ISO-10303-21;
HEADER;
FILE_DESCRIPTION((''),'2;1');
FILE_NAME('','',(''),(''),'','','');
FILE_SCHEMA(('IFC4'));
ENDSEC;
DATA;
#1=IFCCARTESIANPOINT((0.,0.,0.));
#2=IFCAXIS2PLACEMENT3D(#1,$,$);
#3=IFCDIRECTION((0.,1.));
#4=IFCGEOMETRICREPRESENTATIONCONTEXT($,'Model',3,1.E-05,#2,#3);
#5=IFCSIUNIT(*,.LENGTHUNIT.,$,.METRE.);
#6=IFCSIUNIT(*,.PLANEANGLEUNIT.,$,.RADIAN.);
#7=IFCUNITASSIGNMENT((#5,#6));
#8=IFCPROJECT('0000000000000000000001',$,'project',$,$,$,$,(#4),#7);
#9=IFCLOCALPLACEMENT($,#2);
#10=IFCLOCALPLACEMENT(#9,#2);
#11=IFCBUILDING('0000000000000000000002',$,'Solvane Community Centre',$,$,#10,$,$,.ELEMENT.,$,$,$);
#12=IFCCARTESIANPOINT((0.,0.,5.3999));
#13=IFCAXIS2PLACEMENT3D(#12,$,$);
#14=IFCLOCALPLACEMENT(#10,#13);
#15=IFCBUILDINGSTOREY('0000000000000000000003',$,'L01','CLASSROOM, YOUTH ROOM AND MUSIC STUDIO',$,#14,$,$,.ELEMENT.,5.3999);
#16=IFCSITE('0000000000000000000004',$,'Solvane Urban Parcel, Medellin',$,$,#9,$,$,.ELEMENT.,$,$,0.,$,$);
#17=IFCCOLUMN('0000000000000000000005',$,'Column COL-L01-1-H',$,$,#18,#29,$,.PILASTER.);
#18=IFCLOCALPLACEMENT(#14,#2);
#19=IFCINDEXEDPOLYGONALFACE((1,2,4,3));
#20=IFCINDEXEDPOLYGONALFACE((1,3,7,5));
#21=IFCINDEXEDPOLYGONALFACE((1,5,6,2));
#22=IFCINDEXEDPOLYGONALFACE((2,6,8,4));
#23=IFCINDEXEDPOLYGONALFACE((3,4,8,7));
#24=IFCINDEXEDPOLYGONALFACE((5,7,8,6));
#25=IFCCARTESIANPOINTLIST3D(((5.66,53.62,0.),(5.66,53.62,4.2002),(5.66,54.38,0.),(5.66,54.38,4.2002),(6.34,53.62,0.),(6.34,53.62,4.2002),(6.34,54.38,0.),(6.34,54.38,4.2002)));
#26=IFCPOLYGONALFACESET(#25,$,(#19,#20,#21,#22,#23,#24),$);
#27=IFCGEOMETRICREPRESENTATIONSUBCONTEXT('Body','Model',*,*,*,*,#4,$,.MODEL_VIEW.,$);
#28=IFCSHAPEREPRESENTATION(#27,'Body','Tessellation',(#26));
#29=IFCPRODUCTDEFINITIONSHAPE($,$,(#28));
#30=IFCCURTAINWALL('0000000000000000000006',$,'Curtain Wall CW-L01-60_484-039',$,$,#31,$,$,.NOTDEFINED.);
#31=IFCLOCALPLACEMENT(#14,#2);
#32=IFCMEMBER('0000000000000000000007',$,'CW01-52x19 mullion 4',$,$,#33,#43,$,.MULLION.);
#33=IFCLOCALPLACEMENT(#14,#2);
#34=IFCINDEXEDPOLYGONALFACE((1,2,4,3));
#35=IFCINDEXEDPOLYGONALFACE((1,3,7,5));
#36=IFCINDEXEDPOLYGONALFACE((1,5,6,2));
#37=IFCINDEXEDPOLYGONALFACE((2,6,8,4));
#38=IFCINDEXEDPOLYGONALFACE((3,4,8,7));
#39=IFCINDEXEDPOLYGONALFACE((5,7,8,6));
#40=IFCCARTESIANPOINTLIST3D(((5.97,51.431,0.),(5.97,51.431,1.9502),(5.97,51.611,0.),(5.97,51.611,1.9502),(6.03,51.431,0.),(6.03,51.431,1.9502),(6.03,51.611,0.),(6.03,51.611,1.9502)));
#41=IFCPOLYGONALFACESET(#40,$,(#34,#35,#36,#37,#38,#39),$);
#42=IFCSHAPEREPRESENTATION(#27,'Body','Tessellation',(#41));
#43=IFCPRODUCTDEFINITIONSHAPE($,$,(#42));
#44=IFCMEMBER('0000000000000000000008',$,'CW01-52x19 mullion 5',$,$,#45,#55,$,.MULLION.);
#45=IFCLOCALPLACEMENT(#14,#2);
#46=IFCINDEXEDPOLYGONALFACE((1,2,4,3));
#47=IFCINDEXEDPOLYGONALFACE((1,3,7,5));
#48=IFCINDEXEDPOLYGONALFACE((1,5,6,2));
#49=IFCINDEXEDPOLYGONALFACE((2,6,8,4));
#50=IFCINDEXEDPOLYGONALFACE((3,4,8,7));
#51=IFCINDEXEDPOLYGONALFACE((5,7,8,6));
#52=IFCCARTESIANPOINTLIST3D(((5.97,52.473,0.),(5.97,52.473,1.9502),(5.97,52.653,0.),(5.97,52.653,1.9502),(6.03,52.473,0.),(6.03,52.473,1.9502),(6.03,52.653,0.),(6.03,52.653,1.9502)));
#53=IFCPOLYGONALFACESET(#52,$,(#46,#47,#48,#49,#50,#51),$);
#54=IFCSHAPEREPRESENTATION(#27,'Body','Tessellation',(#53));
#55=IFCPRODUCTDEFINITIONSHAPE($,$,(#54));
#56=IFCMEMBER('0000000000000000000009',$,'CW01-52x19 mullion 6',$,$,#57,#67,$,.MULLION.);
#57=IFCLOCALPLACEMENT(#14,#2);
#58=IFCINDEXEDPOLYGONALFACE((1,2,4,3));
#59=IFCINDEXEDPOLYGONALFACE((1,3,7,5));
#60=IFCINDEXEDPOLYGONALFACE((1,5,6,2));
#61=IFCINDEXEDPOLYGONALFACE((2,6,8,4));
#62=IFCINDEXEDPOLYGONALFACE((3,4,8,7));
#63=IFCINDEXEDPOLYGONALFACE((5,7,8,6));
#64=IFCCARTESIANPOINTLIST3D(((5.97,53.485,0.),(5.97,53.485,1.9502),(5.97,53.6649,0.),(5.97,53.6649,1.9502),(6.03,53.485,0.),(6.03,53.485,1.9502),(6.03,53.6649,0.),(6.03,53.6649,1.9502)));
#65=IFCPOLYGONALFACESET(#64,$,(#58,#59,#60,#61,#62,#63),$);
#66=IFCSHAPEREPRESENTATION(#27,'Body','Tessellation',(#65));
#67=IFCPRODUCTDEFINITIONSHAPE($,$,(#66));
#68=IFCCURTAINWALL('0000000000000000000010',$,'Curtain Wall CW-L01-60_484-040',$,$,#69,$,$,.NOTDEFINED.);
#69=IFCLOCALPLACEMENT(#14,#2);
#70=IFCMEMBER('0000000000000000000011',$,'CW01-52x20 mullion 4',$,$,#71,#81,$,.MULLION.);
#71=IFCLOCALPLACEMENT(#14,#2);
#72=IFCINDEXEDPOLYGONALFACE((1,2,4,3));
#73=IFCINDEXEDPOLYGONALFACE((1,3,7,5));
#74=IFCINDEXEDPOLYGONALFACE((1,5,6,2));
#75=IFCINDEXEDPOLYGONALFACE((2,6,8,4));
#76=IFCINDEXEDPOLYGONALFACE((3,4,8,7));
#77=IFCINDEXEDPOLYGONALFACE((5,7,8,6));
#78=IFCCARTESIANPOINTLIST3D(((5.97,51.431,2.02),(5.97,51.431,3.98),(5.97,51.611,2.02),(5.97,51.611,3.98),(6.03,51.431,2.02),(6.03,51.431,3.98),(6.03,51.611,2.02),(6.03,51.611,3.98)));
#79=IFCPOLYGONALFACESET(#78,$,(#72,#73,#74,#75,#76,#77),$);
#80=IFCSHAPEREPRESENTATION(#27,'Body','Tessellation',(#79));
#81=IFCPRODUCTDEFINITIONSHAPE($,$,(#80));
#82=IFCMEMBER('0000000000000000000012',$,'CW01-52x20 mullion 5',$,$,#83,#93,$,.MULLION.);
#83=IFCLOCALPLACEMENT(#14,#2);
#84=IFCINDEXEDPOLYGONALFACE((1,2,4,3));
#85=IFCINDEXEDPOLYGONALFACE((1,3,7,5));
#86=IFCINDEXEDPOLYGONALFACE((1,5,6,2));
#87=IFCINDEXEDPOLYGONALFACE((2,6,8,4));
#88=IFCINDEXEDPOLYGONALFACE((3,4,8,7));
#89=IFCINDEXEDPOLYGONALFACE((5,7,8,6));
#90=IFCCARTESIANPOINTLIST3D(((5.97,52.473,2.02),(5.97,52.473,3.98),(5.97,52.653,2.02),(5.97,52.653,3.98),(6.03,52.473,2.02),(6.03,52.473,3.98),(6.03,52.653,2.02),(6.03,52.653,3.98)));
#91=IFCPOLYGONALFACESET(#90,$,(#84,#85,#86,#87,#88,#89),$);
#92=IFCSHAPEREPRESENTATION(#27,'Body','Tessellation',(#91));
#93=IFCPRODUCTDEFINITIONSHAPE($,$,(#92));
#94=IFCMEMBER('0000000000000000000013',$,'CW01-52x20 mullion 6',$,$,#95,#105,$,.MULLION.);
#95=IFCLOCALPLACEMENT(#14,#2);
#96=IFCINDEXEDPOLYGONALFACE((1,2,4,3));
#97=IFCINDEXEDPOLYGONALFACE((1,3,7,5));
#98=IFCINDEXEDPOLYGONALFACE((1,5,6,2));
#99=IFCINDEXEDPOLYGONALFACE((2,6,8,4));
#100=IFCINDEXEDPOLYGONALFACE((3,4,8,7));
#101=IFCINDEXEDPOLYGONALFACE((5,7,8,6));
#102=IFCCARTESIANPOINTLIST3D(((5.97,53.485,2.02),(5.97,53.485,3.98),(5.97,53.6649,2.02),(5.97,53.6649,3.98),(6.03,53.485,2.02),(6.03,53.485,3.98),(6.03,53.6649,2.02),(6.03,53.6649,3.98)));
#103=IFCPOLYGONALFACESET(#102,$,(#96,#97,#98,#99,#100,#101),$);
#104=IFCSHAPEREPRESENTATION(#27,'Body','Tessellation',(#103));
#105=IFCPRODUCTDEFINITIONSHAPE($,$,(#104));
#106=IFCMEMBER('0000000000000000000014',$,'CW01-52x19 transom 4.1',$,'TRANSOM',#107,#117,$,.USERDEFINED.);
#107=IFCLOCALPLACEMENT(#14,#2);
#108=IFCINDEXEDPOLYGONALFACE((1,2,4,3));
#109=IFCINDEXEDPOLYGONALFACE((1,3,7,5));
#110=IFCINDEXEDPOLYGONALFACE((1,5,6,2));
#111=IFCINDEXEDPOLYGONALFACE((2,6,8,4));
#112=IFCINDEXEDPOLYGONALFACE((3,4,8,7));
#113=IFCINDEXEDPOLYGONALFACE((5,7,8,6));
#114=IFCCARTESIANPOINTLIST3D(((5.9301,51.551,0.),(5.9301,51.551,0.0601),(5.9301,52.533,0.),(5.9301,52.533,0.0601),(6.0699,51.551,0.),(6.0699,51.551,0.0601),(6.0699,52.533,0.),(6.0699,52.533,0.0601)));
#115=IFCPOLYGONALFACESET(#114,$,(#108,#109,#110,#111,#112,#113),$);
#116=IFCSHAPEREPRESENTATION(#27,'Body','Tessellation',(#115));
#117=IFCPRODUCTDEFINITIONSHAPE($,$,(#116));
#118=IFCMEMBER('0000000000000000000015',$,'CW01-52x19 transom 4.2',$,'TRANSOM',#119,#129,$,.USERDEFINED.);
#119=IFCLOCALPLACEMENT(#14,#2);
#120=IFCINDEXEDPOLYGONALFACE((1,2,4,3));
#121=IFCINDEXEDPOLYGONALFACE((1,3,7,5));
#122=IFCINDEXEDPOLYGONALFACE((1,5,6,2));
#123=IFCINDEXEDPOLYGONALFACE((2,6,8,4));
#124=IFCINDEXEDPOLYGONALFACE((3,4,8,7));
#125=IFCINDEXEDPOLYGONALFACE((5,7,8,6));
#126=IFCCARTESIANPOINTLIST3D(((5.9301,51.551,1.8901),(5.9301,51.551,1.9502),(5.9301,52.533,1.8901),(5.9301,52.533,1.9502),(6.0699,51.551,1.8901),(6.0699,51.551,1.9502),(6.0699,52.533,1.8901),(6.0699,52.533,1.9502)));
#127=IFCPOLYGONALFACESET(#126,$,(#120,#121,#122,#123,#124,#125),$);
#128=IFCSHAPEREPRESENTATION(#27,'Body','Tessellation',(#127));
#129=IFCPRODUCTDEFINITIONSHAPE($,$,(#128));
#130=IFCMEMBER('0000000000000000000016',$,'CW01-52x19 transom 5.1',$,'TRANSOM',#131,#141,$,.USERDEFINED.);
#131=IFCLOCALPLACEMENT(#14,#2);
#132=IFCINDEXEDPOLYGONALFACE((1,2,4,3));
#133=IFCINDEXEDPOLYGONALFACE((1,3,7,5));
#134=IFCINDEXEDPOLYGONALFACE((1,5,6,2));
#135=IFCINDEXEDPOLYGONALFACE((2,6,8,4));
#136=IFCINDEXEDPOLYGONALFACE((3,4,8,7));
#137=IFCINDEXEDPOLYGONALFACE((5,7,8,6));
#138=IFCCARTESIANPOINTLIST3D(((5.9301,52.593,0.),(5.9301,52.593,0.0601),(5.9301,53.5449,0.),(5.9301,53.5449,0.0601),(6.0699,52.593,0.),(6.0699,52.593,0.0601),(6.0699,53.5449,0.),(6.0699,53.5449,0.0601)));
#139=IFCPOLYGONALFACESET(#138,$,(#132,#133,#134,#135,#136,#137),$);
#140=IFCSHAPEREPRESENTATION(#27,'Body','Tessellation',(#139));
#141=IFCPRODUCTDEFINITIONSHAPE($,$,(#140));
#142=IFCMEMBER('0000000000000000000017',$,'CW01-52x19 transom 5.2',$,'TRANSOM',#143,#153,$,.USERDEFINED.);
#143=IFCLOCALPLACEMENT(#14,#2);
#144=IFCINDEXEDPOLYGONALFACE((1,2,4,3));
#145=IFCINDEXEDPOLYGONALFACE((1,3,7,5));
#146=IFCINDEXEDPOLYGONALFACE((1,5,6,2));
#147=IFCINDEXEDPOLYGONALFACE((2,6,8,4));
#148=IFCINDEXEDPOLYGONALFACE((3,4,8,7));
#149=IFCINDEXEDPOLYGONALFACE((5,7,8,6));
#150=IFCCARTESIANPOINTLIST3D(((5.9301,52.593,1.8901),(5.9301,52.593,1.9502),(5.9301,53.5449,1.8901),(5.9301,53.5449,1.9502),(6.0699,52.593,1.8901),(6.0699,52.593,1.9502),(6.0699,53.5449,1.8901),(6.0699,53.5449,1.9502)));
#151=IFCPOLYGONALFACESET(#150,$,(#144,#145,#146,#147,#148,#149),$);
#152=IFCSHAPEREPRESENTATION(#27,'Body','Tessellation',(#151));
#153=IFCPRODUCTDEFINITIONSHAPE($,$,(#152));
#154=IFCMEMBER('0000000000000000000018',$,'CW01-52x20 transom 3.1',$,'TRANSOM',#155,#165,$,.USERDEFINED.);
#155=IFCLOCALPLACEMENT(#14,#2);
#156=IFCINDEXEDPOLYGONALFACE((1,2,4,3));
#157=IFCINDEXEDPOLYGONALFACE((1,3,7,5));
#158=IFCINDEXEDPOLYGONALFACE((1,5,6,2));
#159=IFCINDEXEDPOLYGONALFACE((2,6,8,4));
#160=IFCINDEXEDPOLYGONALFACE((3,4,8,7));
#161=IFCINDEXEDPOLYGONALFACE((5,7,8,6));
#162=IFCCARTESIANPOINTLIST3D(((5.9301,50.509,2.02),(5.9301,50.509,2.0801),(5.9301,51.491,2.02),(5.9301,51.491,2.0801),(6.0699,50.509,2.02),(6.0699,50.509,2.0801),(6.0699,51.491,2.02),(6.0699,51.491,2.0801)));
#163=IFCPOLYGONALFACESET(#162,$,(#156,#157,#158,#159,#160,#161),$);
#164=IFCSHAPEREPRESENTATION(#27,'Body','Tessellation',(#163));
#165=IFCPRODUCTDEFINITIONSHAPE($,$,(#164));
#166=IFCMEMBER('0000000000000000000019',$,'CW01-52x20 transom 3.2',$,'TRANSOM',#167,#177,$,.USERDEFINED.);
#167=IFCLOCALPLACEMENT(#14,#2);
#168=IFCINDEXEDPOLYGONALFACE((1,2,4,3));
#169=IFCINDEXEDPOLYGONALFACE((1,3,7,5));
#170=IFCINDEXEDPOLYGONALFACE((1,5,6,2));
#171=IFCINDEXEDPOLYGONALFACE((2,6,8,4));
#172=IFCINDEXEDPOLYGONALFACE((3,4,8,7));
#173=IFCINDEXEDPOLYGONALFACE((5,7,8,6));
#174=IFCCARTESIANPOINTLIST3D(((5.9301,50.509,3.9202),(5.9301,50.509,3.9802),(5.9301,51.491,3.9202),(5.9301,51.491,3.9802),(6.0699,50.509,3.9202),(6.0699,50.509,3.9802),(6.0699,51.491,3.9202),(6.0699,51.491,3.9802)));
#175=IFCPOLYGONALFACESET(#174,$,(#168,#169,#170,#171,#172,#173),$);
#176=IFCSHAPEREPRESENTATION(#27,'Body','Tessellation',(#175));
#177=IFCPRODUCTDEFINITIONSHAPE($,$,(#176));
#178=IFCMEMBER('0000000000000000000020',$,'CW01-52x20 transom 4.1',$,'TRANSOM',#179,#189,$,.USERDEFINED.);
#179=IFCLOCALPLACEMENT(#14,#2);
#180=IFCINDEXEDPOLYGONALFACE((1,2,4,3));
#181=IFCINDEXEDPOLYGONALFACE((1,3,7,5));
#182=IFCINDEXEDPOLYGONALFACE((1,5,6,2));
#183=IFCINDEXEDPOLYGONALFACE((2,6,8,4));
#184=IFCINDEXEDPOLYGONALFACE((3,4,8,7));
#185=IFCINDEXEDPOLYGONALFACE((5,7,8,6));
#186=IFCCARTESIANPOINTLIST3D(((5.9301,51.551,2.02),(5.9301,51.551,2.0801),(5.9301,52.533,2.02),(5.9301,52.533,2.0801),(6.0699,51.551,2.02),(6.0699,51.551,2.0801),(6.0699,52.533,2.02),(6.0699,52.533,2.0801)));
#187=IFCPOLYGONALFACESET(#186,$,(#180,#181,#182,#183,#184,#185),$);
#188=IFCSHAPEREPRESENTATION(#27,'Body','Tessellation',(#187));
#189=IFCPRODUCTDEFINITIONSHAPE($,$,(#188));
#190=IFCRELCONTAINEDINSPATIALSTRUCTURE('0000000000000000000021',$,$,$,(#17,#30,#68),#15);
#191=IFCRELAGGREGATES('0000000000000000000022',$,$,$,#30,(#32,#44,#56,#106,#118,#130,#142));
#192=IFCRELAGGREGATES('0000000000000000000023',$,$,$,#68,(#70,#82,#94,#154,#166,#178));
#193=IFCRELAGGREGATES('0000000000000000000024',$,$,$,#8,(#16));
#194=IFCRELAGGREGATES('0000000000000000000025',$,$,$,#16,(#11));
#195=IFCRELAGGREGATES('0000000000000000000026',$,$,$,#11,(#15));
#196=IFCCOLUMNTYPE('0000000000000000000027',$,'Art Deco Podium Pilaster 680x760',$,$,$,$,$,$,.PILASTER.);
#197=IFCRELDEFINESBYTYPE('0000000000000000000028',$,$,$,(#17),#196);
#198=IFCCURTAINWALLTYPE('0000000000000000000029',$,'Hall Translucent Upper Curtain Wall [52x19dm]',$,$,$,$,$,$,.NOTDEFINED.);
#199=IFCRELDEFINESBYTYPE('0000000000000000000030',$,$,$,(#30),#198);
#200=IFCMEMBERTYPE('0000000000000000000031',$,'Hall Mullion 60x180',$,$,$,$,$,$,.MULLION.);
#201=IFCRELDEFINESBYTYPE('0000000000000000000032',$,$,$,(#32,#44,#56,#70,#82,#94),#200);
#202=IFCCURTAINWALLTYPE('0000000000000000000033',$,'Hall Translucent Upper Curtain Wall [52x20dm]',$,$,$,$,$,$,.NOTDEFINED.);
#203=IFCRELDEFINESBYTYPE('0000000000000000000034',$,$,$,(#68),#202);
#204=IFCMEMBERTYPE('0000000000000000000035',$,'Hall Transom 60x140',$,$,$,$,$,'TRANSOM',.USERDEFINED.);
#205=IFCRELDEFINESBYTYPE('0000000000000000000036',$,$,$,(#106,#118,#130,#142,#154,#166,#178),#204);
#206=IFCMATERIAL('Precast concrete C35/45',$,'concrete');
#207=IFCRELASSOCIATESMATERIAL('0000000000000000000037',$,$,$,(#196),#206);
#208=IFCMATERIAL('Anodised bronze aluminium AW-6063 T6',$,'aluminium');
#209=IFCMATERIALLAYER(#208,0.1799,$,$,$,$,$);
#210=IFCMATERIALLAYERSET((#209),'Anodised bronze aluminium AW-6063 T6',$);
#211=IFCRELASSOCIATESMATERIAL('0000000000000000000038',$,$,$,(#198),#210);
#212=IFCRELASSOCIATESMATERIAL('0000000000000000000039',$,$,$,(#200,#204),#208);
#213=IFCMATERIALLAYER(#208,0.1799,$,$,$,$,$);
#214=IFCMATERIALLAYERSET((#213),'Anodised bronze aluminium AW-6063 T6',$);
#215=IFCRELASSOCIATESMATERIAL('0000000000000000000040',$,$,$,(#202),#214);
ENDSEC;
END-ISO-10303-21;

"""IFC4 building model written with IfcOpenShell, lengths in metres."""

from ifc_helpers import new_model, si_unit, direction, frame, origin, origin_2d, place, context, subcontext, project, spatial, rectangle, extrude, material, layer, layer_set, material_profile, profile_set, type_object, element, aggregate, save


model = new_model("IFC4")

# Units and contexts
model_context = context("Model", 3, precision=1e-05, world=origin(), true_north=direction((0.0, 1.0)))
body_context = subcontext(model_context, "Body", "Model", "MODEL_VIEW")
ifc_project = project(units=[si_unit("LENGTHUNIT", "METRE"), si_unit("PLANEANGLEUNIT", "RADIAN")], contexts=[model_context])

# Site, building, storey
site_placement = place(None, origin())
site = spatial("IfcSite", under=ifc_project, at=site_placement, Name="Solvane Urban Parcel, Medellin", CompositionType="ELEMENT", RefElevation=0.0)
building_placement = place(site_placement, origin())
building = spatial("IfcBuilding", under=site, at=building_placement, Name="Solvane Community Centre", CompositionType="ELEMENT")
storey_placement = place(building_placement, frame((0.0, 0.0, 5.3999)))
storey = spatial("IfcBuildingStorey", under=building, at=storey_placement, Name="L01", Description="CLASSROOM, YOUTH ROOM AND MUSIC STUDIO", CompositionType="ELEMENT", Elevation=5.3999)

# Column
ifc_material_1 = material(Name="Precast concrete C35/45", Category="concrete")
ifc_material_profile_1 = material_profile(ifc_material_1, rectangle(XDim=0.6799, YDim=0.76, at=origin_2d()), Name="RC 680x760")
ifc_profile_set_1 = profile_set([ifc_material_profile_1], Name="Precast concrete C35/45")
column_type = type_object("IfcColumnType", Name="Art Deco Podium Pilaster 680x760", PredefinedType="PILASTER", material=ifc_profile_set_1)
column_placement = place(storey_placement, frame((6.0, 54.0, 0.0), z_axis=(0.0, 0.0, 1.0), x_axis=(1.0, 0.0, 0.0)))
element("IfcColumn", 1, at=column_placement, inside=storey, type_object=column_type, Name="Column COL-L01-1-H", PredefinedType="PILASTER", context=body_context, shape_type="SweptSolid", body=[
    extrude(rectangle(XDim=0.6799, YDim=0.76, at=origin_2d()), origin(), (0.0, 0.0, 1.0), 4.2002),
])

# Curtain walls, members
ifc_material_2 = material(Name="Anodised bronze aluminium AW-6063 T6", Category="aluminium")
ifc_layer_1 = layer(ifc_material_2, 0.1799)
ifc_layer_set_1 = layer_set([ifc_layer_1], Name="Anodised bronze aluminium AW-6063 T6")
curtain_wall_type_1 = type_object("IfcCurtainWallType", Name="Hall Translucent Upper Curtain Wall [52x19dm]", PredefinedType="NOTDEFINED", material=ifc_layer_set_1)
curtain_wall_1_placement = place(storey_placement, origin())
curtain_wall_1 = element("IfcCurtainWall", 2, at=curtain_wall_1_placement, inside=storey, type_object=curtain_wall_type_1, Name="Curtain Wall CW-L01-60_484-039", PredefinedType="NOTDEFINED")
ifc_material_profile_2 = material_profile(ifc_material_2, rectangle(XDim=0.0601, YDim=0.1799, at=origin_2d()), Name="CW-M 60x180")
ifc_profile_set_2 = profile_set([ifc_material_profile_2], Name="Anodised bronze aluminium AW-6063 T6")
member_type_1 = type_object("IfcMemberType", Name="Hall Mullion 60x180", PredefinedType="MULLION", material=ifc_profile_set_2)
member_1_placement = place(storey_placement, frame((6.0, 51.521, 0.0), z_axis=(0.0, 0.0, 1.0), x_axis=(-1.0, 0.0, 0.0)))
member_1 = element("IfcMember", 3, at=member_1_placement, type_object=member_type_1, Name="CW01-52x19 mullion 4", PredefinedType="MULLION", context=body_context, shape_type="SweptSolid", body=[
    extrude(rectangle(XDim=0.0601, YDim=0.1799, at=origin_2d()), origin(), (0.0, 0.0, 1.0), 1.9502),
])
member_2_placement = place(storey_placement, frame((6.0, 52.563, 0.0), z_axis=(0.0, 0.0, 1.0), x_axis=(-1.0, 0.0, 0.0)))
member_2 = element("IfcMember", 4, at=member_2_placement, type_object=member_type_1, Name="CW01-52x19 mullion 5", PredefinedType="MULLION", context=body_context, shape_type="SweptSolid", body=[
    extrude(rectangle(XDim=0.0601, YDim=0.1799, at=origin_2d()), origin(), (0.0, 0.0, 1.0), 1.9502),
])
member_3_placement = place(storey_placement, frame((6.0, 53.575, 0.0), z_axis=(0.0, 0.0, 1.0), x_axis=(-1.0, 0.0, 0.0)))
member_3 = element("IfcMember", 5, at=member_3_placement, type_object=member_type_1, Name="CW01-52x19 mullion 6", PredefinedType="MULLION", context=body_context, shape_type="SweptSolid", body=[
    extrude(rectangle(XDim=0.0601, YDim=0.1799, at=origin_2d()), origin(), (0.0, 0.0, 1.0), 1.9502),
])
ifc_layer_2 = layer(ifc_material_2, 0.1799)
ifc_layer_set_2 = layer_set([ifc_layer_2], Name="Anodised bronze aluminium AW-6063 T6")
curtain_wall_type_2 = type_object("IfcCurtainWallType", Name="Hall Translucent Upper Curtain Wall [52x20dm]", PredefinedType="NOTDEFINED", material=ifc_layer_set_2)
curtain_wall_2_placement = place(storey_placement, origin())
curtain_wall_2 = element("IfcCurtainWall", 6, at=curtain_wall_2_placement, inside=storey, type_object=curtain_wall_type_2, Name="Curtain Wall CW-L01-60_484-040", PredefinedType="NOTDEFINED")
member_4_placement = place(storey_placement, frame((6.0, 51.521, 2.02), z_axis=(0.0, 0.0, 1.0), x_axis=(-1.0, 0.0, 0.0)))
member_4 = element("IfcMember", 7, at=member_4_placement, type_object=member_type_1, Name="CW01-52x20 mullion 4", PredefinedType="MULLION", context=body_context, shape_type="SweptSolid", body=[
    extrude(rectangle(XDim=0.0601, YDim=0.1799, at=origin_2d()), origin(), (0.0, 0.0, 1.0), 1.96),
])
member_5_placement = place(storey_placement, frame((6.0, 52.563, 2.02), z_axis=(0.0, 0.0, 1.0), x_axis=(-1.0, 0.0, 0.0)))
member_5 = element("IfcMember", 8, at=member_5_placement, type_object=member_type_1, Name="CW01-52x20 mullion 5", PredefinedType="MULLION", context=body_context, shape_type="SweptSolid", body=[
    extrude(rectangle(XDim=0.0601, YDim=0.1799, at=origin_2d()), origin(), (0.0, 0.0, 1.0), 1.96),
])
member_6_placement = place(storey_placement, frame((6.0, 53.575, 2.02), z_axis=(0.0, 0.0, 1.0), x_axis=(-1.0, 0.0, 0.0)))
member_6 = element("IfcMember", 9, at=member_6_placement, type_object=member_type_1, Name="CW01-52x20 mullion 6", PredefinedType="MULLION", context=body_context, shape_type="SweptSolid", body=[
    extrude(rectangle(XDim=0.0601, YDim=0.1799, at=origin_2d()), origin(), (0.0, 0.0, 1.0), 1.96),
])

# Members
ifc_material_profile_3 = material_profile(ifc_material_2, rectangle(XDim=0.1399, YDim=0.0601, at=origin_2d()), Name="CW-T 60x140")
ifc_profile_set_3 = profile_set([ifc_material_profile_3], Name="Anodised bronze aluminium AW-6063 T6")
member_type_2 = type_object("IfcMemberType", Name="Hall Transom 60x140", ElementType="TRANSOM", PredefinedType="USERDEFINED", material=ifc_profile_set_3)
member_7_placement = place(storey_placement, frame((6.0, 51.551, 0.03), z_axis=(0.0, 1.0, 0.0), x_axis=(-1.0, 0.0, 0.0)))
member_7 = element("IfcMember", 10, at=member_7_placement, type_object=member_type_2, Name="CW01-52x19 transom 4.1", ObjectType="TRANSOM", PredefinedType="USERDEFINED", context=body_context, shape_type="SweptSolid", body=[
    extrude(rectangle(XDim=0.1399, YDim=0.0601, at=origin_2d()), origin(), (0.0, 0.0, 1.0), 0.9819),
])
member_8_placement = place(storey_placement, frame((6.0, 51.551, 1.9202), z_axis=(0.0, 1.0, 0.0), x_axis=(-1.0, 0.0, 0.0)))
member_8 = element("IfcMember", 11, at=member_8_placement, type_object=member_type_2, Name="CW01-52x19 transom 4.2", ObjectType="TRANSOM", PredefinedType="USERDEFINED", context=body_context, shape_type="SweptSolid", body=[
    extrude(rectangle(XDim=0.1399, YDim=0.0601, at=origin_2d()), origin(), (0.0, 0.0, 1.0), 0.9819),
])
member_9_placement = place(storey_placement, frame((6.0, 52.593, 0.03), z_axis=(0.0, 1.0, 0.0), x_axis=(-1.0, 0.0, 0.0)))
member_9 = element("IfcMember", 12, at=member_9_placement, type_object=member_type_2, Name="CW01-52x19 transom 5.1", ObjectType="TRANSOM", PredefinedType="USERDEFINED", context=body_context, shape_type="SweptSolid", body=[
    extrude(rectangle(XDim=0.1399, YDim=0.0601, at=origin_2d()), origin(), (0.0, 0.0, 1.0), 0.9519),
])
member_10_placement = place(storey_placement, frame((6.0, 52.593, 1.9202), z_axis=(0.0, 1.0, 0.0), x_axis=(-1.0, 0.0, 0.0)))
member_10 = element("IfcMember", 13, at=member_10_placement, type_object=member_type_2, Name="CW01-52x19 transom 5.2", ObjectType="TRANSOM", PredefinedType="USERDEFINED", context=body_context, shape_type="SweptSolid", body=[
    extrude(rectangle(XDim=0.1399, YDim=0.0601, at=origin_2d()), origin(), (0.0, 0.0, 1.0), 0.9519),
])
member_11_placement = place(storey_placement, frame((6.0, 50.509, 2.05), z_axis=(0.0, 1.0, 0.0), x_axis=(-1.0, 0.0, 0.0)))
member_11 = element("IfcMember", 14, at=member_11_placement, type_object=member_type_2, Name="CW01-52x20 transom 3.1", ObjectType="TRANSOM", PredefinedType="USERDEFINED", context=body_context, shape_type="SweptSolid", body=[
    extrude(rectangle(XDim=0.1399, YDim=0.0601, at=origin_2d()), origin(), (0.0, 0.0, 1.0), 0.9819),
])
member_12_placement = place(storey_placement, frame((6.0, 50.509, 3.9502), z_axis=(0.0, 1.0, 0.0), x_axis=(-1.0, 0.0, 0.0)))
member_12 = element("IfcMember", 15, at=member_12_placement, type_object=member_type_2, Name="CW01-52x20 transom 3.2", ObjectType="TRANSOM", PredefinedType="USERDEFINED", context=body_context, shape_type="SweptSolid", body=[
    extrude(rectangle(XDim=0.1399, YDim=0.0601, at=origin_2d()), origin(), (0.0, 0.0, 1.0), 0.9819),
])
member_13_placement = place(storey_placement, frame((6.0, 51.551, 2.05), z_axis=(0.0, 1.0, 0.0), x_axis=(-1.0, 0.0, 0.0)))
member_13 = element("IfcMember", 16, at=member_13_placement, type_object=member_type_2, Name="CW01-52x20 transom 4.1", ObjectType="TRANSOM", PredefinedType="USERDEFINED", context=body_context, shape_type="SweptSolid", body=[
    extrude(rectangle(XDim=0.1399, YDim=0.0601, at=origin_2d()), origin(), (0.0, 0.0, 1.0), 0.9819),
])

aggregate(curtain_wall_1, [member_1, member_2, member_3, member_7, member_8, member_9, member_10])
aggregate(curtain_wall_2, [member_4, member_5, member_6, member_11, member_12, member_13])

save(model, "model.ifc")
